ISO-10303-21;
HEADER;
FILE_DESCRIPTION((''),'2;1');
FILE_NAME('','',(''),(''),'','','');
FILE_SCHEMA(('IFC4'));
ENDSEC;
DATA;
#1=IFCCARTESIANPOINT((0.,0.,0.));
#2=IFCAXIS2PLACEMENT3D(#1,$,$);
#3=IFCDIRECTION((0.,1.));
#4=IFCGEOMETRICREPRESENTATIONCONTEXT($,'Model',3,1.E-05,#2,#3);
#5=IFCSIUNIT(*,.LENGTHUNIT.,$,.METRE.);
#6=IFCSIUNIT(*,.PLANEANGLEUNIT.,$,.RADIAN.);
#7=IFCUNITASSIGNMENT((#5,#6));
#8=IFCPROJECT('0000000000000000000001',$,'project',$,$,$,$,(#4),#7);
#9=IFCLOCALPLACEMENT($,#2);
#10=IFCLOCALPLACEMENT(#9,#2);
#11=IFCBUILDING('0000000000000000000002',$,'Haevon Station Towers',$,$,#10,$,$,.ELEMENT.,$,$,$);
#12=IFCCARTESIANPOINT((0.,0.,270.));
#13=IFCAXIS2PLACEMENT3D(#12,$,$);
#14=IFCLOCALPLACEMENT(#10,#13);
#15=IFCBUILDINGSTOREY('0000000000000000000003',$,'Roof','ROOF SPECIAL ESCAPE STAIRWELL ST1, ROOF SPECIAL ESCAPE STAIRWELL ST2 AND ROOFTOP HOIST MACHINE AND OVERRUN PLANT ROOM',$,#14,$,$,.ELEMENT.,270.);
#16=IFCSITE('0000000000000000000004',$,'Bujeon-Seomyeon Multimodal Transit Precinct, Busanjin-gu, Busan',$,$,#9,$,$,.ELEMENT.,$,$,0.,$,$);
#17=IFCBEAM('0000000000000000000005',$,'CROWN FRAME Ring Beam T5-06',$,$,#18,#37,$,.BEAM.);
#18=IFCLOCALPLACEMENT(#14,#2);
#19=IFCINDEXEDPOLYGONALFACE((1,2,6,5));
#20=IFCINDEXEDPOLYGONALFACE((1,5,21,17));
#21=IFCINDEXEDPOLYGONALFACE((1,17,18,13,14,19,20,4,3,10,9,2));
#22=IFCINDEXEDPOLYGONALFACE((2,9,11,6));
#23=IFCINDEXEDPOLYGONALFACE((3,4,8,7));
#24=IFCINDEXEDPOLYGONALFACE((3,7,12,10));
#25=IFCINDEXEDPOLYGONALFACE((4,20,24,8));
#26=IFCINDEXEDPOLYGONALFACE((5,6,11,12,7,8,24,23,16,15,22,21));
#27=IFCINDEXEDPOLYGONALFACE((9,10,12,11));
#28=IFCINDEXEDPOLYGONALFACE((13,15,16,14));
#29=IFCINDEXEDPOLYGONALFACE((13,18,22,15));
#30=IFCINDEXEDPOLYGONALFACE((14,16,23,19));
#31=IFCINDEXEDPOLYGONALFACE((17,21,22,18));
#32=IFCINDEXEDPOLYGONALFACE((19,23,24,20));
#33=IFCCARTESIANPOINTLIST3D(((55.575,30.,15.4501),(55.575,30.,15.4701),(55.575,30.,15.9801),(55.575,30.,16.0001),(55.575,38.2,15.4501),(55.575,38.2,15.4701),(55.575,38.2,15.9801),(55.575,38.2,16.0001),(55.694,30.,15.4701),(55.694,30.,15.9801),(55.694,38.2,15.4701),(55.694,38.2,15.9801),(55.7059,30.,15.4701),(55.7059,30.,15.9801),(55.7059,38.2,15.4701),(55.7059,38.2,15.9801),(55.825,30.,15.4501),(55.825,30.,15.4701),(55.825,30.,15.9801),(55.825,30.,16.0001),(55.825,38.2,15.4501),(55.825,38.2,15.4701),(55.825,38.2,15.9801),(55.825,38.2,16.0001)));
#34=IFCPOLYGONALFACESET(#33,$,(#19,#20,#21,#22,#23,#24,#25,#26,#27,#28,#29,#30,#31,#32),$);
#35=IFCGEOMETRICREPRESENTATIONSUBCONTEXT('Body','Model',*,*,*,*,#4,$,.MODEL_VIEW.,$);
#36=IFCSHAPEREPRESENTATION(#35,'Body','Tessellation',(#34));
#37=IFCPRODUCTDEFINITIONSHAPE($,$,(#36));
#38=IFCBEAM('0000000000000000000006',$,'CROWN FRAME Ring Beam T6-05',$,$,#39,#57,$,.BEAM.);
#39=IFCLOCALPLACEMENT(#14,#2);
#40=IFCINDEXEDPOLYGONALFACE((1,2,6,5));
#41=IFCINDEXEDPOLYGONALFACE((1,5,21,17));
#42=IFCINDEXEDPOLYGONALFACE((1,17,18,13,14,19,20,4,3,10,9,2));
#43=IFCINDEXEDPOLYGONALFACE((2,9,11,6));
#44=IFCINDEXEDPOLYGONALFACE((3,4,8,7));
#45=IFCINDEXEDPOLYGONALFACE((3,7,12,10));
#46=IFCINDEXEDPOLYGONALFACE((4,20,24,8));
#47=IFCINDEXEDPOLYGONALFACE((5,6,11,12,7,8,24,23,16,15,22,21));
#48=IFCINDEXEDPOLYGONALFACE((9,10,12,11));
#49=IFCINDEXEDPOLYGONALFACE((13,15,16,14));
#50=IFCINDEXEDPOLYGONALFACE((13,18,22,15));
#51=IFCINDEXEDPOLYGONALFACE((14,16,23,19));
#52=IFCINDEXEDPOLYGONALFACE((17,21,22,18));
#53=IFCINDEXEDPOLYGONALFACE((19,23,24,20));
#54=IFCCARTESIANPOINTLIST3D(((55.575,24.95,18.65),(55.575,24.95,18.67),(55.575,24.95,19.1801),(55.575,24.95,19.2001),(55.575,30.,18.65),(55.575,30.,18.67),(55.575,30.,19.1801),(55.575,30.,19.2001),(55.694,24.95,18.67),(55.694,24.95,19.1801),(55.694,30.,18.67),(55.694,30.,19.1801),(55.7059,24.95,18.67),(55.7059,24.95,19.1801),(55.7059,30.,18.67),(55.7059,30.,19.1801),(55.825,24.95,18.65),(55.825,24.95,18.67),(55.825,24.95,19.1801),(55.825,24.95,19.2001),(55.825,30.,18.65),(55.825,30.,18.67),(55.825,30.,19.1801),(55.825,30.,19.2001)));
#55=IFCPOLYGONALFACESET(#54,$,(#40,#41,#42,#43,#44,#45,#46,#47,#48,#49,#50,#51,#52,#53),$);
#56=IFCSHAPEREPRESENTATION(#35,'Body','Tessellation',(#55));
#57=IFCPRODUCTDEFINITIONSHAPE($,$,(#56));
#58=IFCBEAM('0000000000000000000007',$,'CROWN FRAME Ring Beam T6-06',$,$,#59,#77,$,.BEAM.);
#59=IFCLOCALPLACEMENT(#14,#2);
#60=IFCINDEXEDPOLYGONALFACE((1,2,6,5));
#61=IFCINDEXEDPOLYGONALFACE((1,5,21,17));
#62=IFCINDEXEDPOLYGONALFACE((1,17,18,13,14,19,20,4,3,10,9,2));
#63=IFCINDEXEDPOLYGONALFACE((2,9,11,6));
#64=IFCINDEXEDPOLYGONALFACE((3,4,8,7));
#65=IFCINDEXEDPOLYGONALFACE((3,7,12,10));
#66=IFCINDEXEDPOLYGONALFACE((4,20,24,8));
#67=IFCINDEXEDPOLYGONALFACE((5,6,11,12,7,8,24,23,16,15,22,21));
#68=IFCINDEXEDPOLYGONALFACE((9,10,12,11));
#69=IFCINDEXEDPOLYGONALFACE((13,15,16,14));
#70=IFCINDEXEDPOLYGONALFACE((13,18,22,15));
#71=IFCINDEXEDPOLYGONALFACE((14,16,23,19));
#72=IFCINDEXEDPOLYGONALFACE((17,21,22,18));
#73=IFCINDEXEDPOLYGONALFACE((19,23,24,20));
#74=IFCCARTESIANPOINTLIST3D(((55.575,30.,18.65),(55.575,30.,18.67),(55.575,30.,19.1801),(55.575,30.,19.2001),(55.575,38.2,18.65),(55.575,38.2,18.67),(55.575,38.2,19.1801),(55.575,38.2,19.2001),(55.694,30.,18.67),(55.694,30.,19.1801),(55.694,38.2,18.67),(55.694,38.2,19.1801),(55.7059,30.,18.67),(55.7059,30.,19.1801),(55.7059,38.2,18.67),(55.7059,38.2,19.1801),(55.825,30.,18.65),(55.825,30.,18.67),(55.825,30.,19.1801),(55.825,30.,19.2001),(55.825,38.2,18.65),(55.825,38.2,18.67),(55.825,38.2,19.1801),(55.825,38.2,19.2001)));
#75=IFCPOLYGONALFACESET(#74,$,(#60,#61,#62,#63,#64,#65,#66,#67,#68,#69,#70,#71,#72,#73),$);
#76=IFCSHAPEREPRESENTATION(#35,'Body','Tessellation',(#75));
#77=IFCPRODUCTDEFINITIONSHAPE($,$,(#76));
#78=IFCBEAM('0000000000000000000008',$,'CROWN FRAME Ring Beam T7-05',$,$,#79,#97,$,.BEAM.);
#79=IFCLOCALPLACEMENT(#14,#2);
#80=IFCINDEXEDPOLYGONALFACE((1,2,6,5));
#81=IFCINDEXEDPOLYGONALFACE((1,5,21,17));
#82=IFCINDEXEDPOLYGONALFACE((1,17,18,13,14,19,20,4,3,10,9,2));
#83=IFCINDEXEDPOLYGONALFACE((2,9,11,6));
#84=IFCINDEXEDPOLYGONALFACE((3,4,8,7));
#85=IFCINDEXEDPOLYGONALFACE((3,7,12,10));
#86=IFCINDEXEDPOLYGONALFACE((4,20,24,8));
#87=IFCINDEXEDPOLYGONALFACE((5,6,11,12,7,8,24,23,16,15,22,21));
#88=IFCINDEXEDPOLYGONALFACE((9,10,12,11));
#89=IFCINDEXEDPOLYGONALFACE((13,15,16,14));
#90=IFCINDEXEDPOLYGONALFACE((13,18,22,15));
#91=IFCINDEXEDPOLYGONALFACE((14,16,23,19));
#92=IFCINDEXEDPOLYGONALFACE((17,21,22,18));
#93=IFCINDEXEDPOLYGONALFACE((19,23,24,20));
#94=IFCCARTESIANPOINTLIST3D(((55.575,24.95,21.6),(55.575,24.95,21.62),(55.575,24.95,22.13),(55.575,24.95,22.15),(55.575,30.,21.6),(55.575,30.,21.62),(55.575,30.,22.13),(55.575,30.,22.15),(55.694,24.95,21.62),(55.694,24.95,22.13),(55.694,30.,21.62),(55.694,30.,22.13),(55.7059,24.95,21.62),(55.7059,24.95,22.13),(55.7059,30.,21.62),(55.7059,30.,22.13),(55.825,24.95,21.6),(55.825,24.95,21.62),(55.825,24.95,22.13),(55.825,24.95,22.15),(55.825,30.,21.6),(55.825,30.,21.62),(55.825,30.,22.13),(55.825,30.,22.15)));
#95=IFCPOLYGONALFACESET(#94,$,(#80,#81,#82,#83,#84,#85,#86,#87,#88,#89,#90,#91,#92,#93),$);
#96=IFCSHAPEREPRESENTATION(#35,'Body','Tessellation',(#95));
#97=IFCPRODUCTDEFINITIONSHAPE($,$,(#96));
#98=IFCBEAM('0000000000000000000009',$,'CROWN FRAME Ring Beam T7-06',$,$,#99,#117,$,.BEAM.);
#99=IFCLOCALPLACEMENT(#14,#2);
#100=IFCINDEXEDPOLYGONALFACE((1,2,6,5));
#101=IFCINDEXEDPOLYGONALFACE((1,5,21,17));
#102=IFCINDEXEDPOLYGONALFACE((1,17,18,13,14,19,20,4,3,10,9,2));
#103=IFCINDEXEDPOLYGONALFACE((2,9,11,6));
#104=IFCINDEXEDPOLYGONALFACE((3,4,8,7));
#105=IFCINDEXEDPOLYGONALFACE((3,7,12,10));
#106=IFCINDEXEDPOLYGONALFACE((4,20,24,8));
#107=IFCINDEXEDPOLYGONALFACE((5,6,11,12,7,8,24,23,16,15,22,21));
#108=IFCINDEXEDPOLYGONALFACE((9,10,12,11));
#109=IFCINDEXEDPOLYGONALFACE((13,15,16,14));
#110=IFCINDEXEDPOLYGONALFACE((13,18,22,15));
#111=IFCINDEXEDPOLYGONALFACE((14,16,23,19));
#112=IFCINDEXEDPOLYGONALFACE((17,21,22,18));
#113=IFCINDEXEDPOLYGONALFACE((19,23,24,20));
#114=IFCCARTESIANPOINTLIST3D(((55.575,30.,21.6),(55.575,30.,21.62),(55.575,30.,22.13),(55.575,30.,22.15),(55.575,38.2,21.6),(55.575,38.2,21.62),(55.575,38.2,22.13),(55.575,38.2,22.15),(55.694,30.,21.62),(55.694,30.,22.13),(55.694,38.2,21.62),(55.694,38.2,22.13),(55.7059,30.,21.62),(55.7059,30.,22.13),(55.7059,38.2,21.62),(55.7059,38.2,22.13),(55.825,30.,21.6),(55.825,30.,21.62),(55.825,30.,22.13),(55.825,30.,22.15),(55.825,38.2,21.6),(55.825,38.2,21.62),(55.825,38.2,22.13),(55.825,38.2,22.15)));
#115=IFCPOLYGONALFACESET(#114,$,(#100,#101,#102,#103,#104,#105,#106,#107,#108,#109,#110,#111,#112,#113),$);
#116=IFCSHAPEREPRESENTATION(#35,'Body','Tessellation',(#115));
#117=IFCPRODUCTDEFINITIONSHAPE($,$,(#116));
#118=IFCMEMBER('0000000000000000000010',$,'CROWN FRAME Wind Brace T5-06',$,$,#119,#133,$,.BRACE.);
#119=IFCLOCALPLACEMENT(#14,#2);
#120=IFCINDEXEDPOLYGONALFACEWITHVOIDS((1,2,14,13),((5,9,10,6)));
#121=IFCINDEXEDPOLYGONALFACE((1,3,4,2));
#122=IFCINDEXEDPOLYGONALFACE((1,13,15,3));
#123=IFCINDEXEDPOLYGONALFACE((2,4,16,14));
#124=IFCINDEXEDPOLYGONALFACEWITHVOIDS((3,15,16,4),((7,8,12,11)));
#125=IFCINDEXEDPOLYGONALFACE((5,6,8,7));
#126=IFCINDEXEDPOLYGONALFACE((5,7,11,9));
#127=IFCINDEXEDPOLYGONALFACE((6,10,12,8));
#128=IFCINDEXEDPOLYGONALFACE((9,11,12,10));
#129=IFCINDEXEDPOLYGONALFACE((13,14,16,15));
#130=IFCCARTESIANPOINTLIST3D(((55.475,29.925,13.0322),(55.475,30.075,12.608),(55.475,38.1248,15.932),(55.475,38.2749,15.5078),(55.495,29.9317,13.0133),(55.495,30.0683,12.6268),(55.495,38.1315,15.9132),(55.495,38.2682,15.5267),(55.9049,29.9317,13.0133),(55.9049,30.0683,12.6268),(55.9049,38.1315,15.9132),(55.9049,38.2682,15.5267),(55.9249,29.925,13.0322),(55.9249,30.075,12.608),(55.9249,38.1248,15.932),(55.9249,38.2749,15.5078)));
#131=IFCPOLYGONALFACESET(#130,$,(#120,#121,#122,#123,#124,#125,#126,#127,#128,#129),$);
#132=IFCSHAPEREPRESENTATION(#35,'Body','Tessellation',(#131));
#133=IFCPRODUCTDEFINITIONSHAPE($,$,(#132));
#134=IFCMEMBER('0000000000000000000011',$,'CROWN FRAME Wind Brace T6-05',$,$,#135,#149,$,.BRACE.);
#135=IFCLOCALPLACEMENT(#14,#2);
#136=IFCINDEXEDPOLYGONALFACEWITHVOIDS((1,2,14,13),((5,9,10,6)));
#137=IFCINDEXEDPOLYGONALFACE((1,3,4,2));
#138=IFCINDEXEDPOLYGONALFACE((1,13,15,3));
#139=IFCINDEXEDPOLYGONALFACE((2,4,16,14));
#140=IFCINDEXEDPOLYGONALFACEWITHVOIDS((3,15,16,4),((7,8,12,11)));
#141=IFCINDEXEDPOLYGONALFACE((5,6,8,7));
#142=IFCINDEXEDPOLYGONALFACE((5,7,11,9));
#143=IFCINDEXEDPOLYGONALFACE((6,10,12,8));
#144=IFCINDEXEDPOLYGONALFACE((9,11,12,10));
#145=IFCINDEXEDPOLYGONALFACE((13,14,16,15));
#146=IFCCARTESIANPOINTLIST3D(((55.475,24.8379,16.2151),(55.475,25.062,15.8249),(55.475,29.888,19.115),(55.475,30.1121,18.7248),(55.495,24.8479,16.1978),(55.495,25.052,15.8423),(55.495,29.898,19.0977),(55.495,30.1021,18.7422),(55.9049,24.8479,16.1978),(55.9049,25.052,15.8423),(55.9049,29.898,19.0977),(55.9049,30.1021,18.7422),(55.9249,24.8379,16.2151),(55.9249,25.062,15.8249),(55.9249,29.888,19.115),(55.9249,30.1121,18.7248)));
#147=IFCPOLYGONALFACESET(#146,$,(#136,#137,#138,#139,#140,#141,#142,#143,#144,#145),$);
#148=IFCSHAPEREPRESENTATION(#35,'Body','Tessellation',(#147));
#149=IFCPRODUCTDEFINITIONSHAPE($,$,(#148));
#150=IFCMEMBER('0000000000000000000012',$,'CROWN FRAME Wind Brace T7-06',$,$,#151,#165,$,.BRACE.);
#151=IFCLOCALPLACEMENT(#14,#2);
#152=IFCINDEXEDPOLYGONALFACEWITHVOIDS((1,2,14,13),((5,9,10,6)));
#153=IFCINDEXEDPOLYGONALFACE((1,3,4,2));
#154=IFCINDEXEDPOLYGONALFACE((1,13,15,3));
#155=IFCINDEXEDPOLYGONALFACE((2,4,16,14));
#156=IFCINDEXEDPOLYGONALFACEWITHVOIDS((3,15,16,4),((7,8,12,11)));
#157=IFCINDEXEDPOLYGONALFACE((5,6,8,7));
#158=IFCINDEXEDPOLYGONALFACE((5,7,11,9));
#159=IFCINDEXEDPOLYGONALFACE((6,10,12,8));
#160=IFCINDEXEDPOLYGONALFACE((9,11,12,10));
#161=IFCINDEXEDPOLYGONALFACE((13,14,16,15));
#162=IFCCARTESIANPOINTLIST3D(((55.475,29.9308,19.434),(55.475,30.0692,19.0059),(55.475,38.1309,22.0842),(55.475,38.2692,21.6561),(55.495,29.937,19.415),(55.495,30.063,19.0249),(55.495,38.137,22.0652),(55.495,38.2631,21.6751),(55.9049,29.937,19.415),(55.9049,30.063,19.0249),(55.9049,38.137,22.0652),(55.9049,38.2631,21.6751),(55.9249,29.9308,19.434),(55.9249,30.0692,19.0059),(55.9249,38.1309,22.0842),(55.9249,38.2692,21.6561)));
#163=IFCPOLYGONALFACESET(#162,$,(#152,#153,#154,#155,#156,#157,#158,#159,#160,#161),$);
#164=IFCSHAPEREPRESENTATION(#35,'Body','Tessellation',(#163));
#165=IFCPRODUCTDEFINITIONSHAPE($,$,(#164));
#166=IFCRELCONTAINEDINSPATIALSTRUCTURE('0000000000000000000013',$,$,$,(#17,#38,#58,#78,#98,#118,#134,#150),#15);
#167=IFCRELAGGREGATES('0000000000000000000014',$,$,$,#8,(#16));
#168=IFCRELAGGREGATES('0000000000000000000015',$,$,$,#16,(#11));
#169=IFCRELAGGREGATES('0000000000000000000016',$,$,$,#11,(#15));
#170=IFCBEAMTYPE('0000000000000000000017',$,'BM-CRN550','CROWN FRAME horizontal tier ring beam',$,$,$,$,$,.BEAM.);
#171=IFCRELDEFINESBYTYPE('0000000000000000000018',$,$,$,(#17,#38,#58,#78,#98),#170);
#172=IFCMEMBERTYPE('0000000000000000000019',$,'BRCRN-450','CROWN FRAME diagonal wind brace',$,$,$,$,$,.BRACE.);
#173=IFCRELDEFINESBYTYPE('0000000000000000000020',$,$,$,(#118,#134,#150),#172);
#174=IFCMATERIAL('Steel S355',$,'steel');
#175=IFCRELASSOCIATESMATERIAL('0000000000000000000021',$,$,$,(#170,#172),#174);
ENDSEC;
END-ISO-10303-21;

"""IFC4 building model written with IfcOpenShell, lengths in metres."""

from ifc_helpers import new_model, si_unit, direction, frame, origin, origin_2d, place, context, subcontext, project, spatial, hollow_rectangle, i_section, extrude, material, material_profile, profile_set, type_object, element, save


model = new_model("IFC4")

# Units and contexts
model_context = context("Model", 3, precision=1e-05, world=origin(), true_north=direction((0.0, 1.0)))
body_context = subcontext(model_context, "Body", "Model", "MODEL_VIEW")
ifc_project = project(units=[si_unit("LENGTHUNIT", "METRE"), si_unit("PLANEANGLEUNIT", "RADIAN")], contexts=[model_context])

# Site, building, storey
site_placement = place(None, origin())
site = spatial("IfcSite", under=ifc_project, at=site_placement, Name="Bujeon-Seomyeon Multimodal Transit Precinct, Busanjin-gu, Busan", CompositionType="ELEMENT", RefElevation=0.0)
building_placement = place(site_placement, origin())
building = spatial("IfcBuilding", under=site, at=building_placement, Name="Haevon Station Towers", CompositionType="ELEMENT")
storey_placement = place(building_placement, frame((0.0, 0.0, 270.0)))
storey = spatial("IfcBuildingStorey", under=building, at=storey_placement, Name="Roof", Description="ROOF SPECIAL ESCAPE STAIRWELL ST1, ROOF SPECIAL ESCAPE STAIRWELL ST2 AND ROOFTOP HOIST MACHINE AND OVERRUN PLANT ROOM", CompositionType="ELEMENT", Elevation=270.0)

# Shared definitions
ifc_material_1 = material(Name="Steel S355", Category="steel")

# Beams
ifc_material_profile_1 = material_profile(ifc_material_1, i_section(OverallWidth=0.25, OverallDepth=0.55, WebThickness=0.012, FlangeThickness=0.02, at=origin_2d()), Name="H-550x250x12x20")
ifc_profile_set_1 = profile_set([ifc_material_profile_1], Name="Steel S355")
beam_type = type_object("IfcBeamType", Name="BM-CRN550", Description="CROWN FRAME horizontal tier ring beam", PredefinedType="BEAM", material=ifc_profile_set_1)
beam_1_placement = place(storey_placement, frame((55.7, 30.0, 15.7251), z_axis=(0.0, 1.0, 0.0), x_axis=(-1.0, 0.0, 0.0)))
element("IfcBeam", 1, at=beam_1_placement, inside=storey, type_object=beam_type, Name="CROWN FRAME Ring Beam T5-06", PredefinedType="BEAM", context=body_context, shape_type="SweptSolid", body=[
    extrude(i_section(OverallWidth=0.25, OverallDepth=0.55, WebThickness=0.012, FlangeThickness=0.02, at=origin_2d()), origin(), (0.0, 0.0, 1.0), 8.2),
])
beam_2_placement = place(storey_placement, frame((55.7, 24.95, 18.925), z_axis=(0.0, 1.0, 0.0), x_axis=(-1.0, 0.0, 0.0)))
element("IfcBeam", 2, at=beam_2_placement, inside=storey, type_object=beam_type, Name="CROWN FRAME Ring Beam T6-05", PredefinedType="BEAM", context=body_context, shape_type="SweptSolid", body=[
    extrude(i_section(OverallWidth=0.25, OverallDepth=0.55, WebThickness=0.012, FlangeThickness=0.02, at=origin_2d()), origin(), (0.0, 0.0, 1.0), 5.05),
])
beam_3_placement = place(storey_placement, frame((55.7, 30.0, 18.925), z_axis=(0.0, 1.0, 0.0), x_axis=(-1.0, 0.0, 0.0)))
element("IfcBeam", 3, at=beam_3_placement, inside=storey, type_object=beam_type, Name="CROWN FRAME Ring Beam T6-06", PredefinedType="BEAM", context=body_context, shape_type="SweptSolid", body=[
    extrude(i_section(OverallWidth=0.25, OverallDepth=0.55, WebThickness=0.012, FlangeThickness=0.02, at=origin_2d()), origin(), (0.0, 0.0, 1.0), 8.2),
])
beam_4_placement = place(storey_placement, frame((55.7, 24.95, 21.875), z_axis=(0.0, 1.0, 0.0), x_axis=(-1.0, 0.0, 0.0)))
element("IfcBeam", 4, at=beam_4_placement, inside=storey, type_object=beam_type, Name="CROWN FRAME Ring Beam T7-05", PredefinedType="BEAM", context=body_context, shape_type="SweptSolid", body=[
    extrude(i_section(OverallWidth=0.25, OverallDepth=0.55, WebThickness=0.012, FlangeThickness=0.02, at=origin_2d()), origin(), (0.0, 0.0, 1.0), 5.05),
])
beam_5_placement = place(storey_placement, frame((55.7, 30.0, 21.875), z_axis=(0.0, 1.0, 0.0), x_axis=(-1.0, 0.0, 0.0)))
element("IfcBeam", 5, at=beam_5_placement, inside=storey, type_object=beam_type, Name="CROWN FRAME Ring Beam T7-06", PredefinedType="BEAM", context=body_context, shape_type="SweptSolid", body=[
    extrude(i_section(OverallWidth=0.25, OverallDepth=0.55, WebThickness=0.012, FlangeThickness=0.02, at=origin_2d()), origin(), (0.0, 0.0, 1.0), 8.2),
])

# Members
ifc_material_profile_2 = material_profile(ifc_material_1, hollow_rectangle(XDim=0.45, YDim=0.45, WallThickness=0.02, at=origin_2d()), Name="RHS-450x450x20")
ifc_profile_set_2 = profile_set([ifc_material_profile_2], Name="Steel S355")
member_type_1 = type_object("IfcMemberType", Name="BRCRN-450", Description="CROWN FRAME diagonal wind brace", PredefinedType="BRACE", material=ifc_profile_set_2)
member_1_placement = place(storey_placement, frame((55.7, 30.0, 12.8201), z_axis=(0.0, 0.942781, 0.333413), x_axis=(-1.0, 0.0, 0.0)))
element("IfcMember", 6, at=member_1_placement, inside=storey, type_object=member_type_1, Name="CROWN FRAME Wind Brace T5-06", PredefinedType="BRACE", context=body_context, shape_type="SweptSolid", body=[
    extrude(hollow_rectangle(XDim=0.45, YDim=0.45, WallThickness=0.02, at=origin_2d()), origin(), (0.0, 0.0, 1.0), 8.6975),
])
member_2_placement = place(storey_placement, frame((55.7, 24.95, 16.02), z_axis=(0.0, 0.867194, 0.497971), x_axis=(-1.0, 0.0, 0.0)))
element("IfcMember", 7, at=member_2_placement, inside=storey, type_object=member_type_1, Name="CROWN FRAME Wind Brace T6-05", PredefinedType="BRACE", context=body_context, shape_type="SweptSolid", body=[
    extrude(hollow_rectangle(XDim=0.45, YDim=0.45, WallThickness=0.02, at=origin_2d()), origin(), (0.0, 0.0, 1.0), 5.8235),
])
member_3_placement = place(storey_placement, frame((55.7, 30.0, 19.22), z_axis=(0.0, 0.951539, 0.307528), x_axis=(-1.0, 0.0, 0.0)))
element("IfcMember", 8, at=member_3_placement, inside=storey, type_object=member_type_1, Name="CROWN FRAME Wind Brace T7-06", PredefinedType="BRACE", context=body_context, shape_type="SweptSolid", body=[
    extrude(hollow_rectangle(XDim=0.45, YDim=0.45, WallThickness=0.02, at=origin_2d()), origin(), (0.0, 0.0, 1.0), 8.6177),
])

save(model, "model.ifc")
